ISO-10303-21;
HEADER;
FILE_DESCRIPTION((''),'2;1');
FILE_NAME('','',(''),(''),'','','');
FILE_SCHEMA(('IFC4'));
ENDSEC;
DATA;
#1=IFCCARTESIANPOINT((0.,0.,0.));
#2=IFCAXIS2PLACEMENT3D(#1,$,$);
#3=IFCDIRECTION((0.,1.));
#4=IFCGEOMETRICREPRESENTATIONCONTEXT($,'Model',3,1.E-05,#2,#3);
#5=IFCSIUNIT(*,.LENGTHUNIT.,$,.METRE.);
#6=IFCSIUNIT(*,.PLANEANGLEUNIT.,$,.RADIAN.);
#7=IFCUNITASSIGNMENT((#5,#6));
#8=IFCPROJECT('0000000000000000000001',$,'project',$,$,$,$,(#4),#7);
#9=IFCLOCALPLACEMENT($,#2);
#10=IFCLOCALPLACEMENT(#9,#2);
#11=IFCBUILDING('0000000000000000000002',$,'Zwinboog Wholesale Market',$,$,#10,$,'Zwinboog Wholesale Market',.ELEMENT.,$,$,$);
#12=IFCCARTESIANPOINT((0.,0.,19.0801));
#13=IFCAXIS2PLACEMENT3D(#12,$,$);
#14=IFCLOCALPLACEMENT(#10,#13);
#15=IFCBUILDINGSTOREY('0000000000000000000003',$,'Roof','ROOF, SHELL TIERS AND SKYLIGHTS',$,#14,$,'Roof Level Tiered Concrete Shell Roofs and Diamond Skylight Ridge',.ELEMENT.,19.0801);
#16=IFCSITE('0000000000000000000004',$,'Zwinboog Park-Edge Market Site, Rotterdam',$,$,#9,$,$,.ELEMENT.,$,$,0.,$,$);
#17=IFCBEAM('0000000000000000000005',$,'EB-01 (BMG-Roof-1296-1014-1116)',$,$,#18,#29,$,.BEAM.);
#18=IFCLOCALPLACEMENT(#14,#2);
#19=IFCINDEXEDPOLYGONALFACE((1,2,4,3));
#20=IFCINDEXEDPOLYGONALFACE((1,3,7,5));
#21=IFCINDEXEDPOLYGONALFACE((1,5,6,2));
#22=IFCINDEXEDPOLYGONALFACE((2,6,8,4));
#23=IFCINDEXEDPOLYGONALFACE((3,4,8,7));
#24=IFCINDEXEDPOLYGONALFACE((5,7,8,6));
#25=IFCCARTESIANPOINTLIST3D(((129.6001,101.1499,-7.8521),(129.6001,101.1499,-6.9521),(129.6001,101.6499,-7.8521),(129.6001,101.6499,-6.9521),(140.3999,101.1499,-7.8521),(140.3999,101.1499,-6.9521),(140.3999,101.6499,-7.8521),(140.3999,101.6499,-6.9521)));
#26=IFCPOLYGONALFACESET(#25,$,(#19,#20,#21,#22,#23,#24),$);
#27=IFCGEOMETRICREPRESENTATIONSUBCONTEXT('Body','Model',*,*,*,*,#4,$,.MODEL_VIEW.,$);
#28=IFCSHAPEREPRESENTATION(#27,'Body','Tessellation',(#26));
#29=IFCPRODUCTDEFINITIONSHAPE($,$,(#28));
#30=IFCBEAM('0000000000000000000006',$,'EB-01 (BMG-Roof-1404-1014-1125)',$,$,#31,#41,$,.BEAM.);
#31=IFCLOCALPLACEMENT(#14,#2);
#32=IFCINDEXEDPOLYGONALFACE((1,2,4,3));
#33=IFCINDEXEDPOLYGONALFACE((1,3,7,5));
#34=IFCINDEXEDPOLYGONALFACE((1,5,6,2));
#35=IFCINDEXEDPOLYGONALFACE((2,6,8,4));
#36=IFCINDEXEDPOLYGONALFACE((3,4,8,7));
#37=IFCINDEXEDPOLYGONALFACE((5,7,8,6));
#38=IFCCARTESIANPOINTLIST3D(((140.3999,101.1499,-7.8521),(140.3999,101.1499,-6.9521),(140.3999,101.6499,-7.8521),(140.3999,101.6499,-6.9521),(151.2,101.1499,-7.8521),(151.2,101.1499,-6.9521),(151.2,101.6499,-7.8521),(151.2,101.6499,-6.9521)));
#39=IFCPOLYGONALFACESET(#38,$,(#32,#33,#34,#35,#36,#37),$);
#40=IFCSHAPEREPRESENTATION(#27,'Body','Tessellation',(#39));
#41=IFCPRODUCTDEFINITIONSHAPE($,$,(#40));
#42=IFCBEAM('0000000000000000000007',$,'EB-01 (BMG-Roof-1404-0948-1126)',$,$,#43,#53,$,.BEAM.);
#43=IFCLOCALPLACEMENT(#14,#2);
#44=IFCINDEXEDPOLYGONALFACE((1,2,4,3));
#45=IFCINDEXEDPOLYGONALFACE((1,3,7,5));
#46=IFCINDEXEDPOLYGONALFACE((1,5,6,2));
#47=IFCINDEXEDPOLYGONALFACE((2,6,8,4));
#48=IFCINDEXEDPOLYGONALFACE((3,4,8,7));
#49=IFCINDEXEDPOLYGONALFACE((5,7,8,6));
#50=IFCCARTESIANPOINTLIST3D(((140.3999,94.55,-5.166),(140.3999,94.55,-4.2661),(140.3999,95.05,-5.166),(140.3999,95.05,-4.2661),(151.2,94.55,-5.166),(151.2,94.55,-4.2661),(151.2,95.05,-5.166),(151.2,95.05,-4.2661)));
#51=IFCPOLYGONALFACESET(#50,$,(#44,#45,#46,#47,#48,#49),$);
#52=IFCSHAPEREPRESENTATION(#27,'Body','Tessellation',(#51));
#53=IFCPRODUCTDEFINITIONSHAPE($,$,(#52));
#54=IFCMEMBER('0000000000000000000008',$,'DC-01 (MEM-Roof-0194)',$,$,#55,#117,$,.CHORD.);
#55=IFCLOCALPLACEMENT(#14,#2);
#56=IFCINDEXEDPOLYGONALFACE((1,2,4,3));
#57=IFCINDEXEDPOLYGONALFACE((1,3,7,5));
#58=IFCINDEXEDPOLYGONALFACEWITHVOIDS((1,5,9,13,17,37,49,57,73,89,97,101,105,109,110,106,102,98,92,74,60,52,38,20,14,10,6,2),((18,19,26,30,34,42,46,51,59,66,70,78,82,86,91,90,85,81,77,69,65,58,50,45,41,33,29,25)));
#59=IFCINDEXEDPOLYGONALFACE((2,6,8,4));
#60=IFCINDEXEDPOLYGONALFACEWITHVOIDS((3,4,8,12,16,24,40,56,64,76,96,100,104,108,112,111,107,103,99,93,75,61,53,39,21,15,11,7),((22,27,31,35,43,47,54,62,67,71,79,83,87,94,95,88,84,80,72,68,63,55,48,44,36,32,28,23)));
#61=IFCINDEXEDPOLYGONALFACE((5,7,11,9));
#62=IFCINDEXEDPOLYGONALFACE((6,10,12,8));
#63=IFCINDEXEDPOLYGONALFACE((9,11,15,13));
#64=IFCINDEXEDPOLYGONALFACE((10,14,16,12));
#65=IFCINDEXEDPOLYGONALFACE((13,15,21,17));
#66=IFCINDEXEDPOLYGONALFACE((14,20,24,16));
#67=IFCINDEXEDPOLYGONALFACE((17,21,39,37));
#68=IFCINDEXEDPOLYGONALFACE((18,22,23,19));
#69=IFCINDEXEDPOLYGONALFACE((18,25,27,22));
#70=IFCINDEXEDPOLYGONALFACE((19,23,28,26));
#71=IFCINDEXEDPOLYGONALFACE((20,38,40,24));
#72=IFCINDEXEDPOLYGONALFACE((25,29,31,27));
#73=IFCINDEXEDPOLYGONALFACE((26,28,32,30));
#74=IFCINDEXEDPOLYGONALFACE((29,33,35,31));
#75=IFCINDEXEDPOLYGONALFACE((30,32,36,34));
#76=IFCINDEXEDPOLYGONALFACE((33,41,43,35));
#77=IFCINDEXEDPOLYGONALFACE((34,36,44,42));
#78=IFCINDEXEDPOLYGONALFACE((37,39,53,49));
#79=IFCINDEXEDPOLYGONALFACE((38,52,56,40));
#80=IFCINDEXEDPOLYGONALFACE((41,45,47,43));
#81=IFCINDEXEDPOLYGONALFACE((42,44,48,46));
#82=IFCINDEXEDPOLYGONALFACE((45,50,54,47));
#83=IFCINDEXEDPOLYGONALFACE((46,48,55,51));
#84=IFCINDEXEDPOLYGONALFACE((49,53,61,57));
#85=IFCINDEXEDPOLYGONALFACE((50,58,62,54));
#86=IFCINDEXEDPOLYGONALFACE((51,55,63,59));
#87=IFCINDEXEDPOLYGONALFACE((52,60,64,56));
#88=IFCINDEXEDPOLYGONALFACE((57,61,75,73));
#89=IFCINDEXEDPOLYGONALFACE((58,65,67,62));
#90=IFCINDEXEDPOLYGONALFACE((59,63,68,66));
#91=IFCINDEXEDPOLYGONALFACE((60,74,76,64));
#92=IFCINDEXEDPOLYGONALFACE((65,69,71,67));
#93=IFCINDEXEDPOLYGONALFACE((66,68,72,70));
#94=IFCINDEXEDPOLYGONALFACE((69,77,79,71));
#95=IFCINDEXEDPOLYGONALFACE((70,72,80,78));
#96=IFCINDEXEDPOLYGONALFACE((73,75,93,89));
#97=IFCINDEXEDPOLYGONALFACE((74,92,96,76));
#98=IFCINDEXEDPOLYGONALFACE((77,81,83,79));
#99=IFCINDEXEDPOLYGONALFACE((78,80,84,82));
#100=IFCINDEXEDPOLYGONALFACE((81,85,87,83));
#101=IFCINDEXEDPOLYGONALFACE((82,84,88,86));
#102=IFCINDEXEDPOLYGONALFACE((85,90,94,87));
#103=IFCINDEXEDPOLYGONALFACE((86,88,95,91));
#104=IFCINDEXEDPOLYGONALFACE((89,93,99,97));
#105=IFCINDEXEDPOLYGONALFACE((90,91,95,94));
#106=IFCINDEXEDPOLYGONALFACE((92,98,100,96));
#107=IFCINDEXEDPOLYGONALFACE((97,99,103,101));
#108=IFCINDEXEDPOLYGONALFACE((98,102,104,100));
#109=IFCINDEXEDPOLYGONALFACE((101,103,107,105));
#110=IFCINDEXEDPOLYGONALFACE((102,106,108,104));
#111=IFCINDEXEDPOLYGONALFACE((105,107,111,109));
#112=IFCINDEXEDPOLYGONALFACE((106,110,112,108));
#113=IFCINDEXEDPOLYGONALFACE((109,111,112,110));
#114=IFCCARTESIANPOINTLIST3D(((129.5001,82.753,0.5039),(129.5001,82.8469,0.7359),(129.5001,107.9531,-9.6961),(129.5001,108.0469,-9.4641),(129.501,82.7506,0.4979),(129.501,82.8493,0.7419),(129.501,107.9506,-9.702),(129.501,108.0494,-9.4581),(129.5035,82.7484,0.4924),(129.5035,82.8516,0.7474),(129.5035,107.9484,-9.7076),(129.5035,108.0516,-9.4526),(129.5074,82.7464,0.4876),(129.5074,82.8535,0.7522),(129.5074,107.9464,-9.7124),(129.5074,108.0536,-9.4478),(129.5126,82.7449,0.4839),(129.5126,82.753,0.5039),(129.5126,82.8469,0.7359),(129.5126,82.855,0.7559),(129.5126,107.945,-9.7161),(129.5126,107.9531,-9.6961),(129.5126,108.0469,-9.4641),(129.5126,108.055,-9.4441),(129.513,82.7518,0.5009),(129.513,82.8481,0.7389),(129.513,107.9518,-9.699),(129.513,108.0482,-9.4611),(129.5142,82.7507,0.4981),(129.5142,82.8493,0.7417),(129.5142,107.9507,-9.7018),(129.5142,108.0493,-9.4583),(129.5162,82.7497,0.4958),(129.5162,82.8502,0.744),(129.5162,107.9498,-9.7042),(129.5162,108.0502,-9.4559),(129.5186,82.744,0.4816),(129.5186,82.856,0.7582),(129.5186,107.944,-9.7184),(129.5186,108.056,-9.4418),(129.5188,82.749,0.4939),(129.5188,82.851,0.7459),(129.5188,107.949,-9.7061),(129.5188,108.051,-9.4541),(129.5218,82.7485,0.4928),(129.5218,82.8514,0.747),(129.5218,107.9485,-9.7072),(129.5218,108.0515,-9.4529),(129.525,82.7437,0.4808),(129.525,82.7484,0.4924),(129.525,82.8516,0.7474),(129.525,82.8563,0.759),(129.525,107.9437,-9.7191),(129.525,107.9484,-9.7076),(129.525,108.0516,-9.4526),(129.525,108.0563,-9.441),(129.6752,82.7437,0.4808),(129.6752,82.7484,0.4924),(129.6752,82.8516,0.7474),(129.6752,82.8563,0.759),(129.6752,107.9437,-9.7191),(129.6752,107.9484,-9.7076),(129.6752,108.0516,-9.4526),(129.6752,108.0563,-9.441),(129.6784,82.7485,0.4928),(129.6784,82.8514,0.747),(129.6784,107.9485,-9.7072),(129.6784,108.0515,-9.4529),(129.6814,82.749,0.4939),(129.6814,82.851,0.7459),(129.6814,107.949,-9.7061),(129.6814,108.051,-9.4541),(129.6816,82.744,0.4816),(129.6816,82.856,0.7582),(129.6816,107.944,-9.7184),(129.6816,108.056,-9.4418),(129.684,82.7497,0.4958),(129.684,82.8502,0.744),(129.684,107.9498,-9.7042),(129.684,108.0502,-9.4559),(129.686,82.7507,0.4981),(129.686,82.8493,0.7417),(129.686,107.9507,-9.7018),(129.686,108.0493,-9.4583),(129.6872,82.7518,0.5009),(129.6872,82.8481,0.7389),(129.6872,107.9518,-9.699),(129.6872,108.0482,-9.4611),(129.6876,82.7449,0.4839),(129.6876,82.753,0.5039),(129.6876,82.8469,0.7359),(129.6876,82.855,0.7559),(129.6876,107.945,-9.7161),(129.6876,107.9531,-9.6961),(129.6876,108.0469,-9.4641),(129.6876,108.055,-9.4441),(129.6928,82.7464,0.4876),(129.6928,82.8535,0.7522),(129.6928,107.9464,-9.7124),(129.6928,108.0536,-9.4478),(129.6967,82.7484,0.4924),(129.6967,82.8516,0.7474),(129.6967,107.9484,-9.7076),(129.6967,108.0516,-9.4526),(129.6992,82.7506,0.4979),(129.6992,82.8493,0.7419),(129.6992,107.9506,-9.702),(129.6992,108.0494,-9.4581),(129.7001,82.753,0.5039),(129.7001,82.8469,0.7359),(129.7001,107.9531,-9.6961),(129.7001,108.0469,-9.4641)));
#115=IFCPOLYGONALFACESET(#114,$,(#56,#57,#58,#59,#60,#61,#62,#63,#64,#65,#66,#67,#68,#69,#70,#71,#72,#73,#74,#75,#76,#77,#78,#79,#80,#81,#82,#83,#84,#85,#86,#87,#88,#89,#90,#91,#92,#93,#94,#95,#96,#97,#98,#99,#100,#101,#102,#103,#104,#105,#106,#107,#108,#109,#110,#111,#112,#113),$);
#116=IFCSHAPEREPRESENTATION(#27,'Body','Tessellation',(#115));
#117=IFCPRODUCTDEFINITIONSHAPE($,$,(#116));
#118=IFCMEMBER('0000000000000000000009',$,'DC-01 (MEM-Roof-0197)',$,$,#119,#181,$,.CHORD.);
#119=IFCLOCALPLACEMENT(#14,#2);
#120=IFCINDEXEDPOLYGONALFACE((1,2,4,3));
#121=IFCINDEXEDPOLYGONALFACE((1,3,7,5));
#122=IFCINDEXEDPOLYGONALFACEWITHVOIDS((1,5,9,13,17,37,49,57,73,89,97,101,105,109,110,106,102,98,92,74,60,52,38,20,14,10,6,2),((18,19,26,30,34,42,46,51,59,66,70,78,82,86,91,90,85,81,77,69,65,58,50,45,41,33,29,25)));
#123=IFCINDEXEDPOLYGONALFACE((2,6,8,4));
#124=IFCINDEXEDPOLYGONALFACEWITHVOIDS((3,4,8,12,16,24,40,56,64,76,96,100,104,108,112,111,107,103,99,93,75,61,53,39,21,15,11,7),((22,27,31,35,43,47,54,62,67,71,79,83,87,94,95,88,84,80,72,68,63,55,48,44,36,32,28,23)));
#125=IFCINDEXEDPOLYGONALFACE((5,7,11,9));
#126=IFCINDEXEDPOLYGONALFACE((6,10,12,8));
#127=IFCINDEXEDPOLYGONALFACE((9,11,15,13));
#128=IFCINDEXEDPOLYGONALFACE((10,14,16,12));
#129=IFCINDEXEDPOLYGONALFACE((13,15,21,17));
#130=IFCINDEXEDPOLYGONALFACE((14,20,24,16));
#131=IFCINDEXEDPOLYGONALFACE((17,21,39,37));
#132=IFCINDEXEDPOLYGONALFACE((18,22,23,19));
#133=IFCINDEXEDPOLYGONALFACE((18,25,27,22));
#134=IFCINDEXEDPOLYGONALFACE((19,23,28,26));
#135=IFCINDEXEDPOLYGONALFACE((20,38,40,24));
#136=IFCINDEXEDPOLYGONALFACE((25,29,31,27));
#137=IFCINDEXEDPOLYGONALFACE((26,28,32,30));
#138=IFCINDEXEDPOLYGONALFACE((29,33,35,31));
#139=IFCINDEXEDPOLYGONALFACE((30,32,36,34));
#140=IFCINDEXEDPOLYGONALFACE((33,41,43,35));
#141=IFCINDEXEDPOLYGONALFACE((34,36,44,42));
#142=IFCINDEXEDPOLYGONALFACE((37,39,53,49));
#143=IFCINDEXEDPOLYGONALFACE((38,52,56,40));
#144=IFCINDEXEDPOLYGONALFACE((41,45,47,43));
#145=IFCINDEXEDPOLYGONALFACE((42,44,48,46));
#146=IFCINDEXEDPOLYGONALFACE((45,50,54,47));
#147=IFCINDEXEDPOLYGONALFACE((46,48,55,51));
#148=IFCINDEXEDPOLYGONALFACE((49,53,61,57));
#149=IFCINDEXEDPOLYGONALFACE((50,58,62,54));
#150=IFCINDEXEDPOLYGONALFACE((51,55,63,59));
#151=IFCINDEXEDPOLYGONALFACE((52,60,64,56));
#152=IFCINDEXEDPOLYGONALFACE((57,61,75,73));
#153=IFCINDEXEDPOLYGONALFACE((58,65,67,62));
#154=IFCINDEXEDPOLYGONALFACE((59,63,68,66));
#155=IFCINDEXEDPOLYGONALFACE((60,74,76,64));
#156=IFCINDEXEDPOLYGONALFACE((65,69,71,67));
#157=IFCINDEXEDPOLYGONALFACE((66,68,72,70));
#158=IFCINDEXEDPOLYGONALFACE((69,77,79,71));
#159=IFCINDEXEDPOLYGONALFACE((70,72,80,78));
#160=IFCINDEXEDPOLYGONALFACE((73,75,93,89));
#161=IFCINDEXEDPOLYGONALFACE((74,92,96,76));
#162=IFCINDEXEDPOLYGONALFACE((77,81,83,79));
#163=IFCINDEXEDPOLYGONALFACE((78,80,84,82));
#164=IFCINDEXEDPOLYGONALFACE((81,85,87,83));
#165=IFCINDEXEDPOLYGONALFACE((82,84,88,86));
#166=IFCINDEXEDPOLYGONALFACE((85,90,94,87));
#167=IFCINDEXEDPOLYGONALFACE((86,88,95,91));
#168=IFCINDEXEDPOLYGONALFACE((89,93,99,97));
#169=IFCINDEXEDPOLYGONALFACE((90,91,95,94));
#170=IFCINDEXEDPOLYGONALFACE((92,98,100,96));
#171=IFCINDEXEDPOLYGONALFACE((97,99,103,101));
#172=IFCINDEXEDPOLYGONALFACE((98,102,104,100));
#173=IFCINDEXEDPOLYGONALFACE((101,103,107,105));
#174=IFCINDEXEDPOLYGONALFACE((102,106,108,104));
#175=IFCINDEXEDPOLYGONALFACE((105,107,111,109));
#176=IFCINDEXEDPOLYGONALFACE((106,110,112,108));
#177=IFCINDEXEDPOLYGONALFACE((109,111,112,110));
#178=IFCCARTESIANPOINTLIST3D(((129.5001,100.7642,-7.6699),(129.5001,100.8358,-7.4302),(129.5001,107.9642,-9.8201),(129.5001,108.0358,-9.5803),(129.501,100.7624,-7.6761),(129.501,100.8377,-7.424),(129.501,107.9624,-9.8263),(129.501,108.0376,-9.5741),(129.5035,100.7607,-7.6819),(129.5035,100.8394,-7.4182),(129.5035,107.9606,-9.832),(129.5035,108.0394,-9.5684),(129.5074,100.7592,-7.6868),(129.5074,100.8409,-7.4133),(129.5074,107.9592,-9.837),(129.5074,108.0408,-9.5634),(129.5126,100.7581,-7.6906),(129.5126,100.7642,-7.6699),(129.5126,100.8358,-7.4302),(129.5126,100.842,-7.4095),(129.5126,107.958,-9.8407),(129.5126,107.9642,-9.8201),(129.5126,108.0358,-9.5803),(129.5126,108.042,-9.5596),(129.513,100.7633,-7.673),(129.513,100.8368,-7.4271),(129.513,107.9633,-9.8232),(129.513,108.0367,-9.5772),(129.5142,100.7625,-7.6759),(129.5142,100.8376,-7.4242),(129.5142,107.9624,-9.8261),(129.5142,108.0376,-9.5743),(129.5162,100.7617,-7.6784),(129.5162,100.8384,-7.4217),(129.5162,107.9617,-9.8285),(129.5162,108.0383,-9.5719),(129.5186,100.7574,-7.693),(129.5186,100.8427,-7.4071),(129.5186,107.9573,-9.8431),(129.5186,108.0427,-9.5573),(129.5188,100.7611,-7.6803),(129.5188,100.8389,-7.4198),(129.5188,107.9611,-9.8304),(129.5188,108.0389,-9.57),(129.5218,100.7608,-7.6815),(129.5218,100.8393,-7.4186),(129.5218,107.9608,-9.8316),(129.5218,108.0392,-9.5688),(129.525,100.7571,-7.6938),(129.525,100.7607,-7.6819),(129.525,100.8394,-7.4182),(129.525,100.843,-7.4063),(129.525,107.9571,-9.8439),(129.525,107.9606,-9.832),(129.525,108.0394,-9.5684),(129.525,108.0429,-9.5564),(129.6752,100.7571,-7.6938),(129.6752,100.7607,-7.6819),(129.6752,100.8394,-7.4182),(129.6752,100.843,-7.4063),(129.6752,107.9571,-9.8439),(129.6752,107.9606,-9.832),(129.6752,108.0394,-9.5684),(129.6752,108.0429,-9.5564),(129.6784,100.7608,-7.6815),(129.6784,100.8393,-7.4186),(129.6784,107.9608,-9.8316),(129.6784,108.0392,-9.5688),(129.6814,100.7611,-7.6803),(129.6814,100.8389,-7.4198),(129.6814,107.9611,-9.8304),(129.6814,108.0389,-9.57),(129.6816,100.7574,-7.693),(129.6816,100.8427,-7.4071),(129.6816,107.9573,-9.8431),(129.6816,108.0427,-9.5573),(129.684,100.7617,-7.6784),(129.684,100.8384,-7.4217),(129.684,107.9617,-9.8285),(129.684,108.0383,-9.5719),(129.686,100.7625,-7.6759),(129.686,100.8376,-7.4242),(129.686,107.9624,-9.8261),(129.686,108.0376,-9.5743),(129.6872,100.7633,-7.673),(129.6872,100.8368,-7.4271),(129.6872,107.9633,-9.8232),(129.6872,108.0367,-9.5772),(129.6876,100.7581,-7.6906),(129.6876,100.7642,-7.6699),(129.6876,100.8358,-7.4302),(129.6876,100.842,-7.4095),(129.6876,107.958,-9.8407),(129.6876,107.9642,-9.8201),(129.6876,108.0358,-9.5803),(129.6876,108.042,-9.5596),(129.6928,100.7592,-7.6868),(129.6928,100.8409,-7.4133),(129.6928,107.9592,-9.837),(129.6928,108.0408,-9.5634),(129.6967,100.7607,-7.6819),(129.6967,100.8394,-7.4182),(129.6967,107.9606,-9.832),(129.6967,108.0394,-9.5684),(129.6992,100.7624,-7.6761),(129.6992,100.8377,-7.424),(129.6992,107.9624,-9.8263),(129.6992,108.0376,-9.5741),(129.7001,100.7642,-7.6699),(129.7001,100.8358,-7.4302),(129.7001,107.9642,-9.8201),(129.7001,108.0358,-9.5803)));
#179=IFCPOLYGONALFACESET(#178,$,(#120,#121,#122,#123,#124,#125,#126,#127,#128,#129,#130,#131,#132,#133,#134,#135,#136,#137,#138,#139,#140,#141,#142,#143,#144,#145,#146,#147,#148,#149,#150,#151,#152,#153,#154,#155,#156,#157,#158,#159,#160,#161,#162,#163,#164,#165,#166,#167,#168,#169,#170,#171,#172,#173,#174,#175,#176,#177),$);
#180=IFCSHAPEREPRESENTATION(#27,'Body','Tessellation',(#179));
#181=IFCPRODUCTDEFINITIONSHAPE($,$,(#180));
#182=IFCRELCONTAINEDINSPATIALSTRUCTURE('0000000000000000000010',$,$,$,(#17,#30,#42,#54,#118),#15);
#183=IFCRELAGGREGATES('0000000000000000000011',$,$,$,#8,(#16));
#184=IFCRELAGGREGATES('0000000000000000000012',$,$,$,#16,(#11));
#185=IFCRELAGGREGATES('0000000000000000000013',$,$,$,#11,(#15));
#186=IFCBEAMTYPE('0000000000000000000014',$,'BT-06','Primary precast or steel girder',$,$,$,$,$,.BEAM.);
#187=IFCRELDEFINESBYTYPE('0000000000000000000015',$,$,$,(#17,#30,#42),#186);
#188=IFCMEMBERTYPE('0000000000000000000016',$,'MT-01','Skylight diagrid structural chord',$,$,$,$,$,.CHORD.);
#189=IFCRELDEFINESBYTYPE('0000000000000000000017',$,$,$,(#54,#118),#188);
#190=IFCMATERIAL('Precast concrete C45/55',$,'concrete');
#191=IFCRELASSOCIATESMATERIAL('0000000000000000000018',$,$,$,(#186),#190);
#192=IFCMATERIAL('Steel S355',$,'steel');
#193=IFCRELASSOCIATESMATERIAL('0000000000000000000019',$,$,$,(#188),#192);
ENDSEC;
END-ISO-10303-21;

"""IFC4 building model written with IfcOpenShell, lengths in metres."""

from ifc_helpers import new_model, si_unit, direction, frame, origin, origin_2d, place, context, subcontext, project, spatial, rectangle, hollow_rectangle, extrude, material, material_profile, profile_set, type_object, element, save


model = new_model("IFC4")

# Units and contexts
model_context = context("Model", 3, precision=1e-05, world=origin(), true_north=direction((0.0, 1.0)))
body_context = subcontext(model_context, "Body", "Model", "MODEL_VIEW")
ifc_project = project(units=[si_unit("LENGTHUNIT", "METRE"), si_unit("PLANEANGLEUNIT", "RADIAN")], contexts=[model_context])

# Site, building, storey
site_placement = place(None, origin())
site = spatial("IfcSite", under=ifc_project, at=site_placement, Name="Zwinboog Park-Edge Market Site, Rotterdam", CompositionType="ELEMENT", RefElevation=0.0)
building_placement = place(site_placement, origin())
building = spatial("IfcBuilding", under=site, at=building_placement, Name="Zwinboog Wholesale Market", LongName="Zwinboog Wholesale Market", CompositionType="ELEMENT")
storey_placement = place(building_placement, frame((0.0, 0.0, 19.0801)))
storey = spatial("IfcBuildingStorey", under=building, at=storey_placement, Name="Roof", Description="ROOF, SHELL TIERS AND SKYLIGHTS", LongName="Roof Level Tiered Concrete Shell Roofs and Diamond Skylight Ridge", CompositionType="ELEMENT", Elevation=19.0801)

# Beams
ifc_material_1 = material(Name="Precast concrete C45/55", Category="concrete")
ifc_material_profile_1 = material_profile(ifc_material_1, rectangle(XDim=0.5, YDim=0.8999, at=origin_2d()), Name="PC 500x900")
ifc_profile_set_1 = profile_set([ifc_material_profile_1], Name="Precast concrete C45/55")
beam_type = type_object("IfcBeamType", Name="BT-06", Description="Primary precast or steel girder", PredefinedType="BEAM", material=ifc_profile_set_1)
beam_placement = place(storey_placement, frame((129.6001, 101.3999, -7.4021), z_axis=(1.0, 0.0, 0.0), x_axis=(0.0, 1.0, 0.0)))
element("IfcBeam", 1, at=beam_placement, inside=storey, type_object=beam_type, Name="EB-01 (BMG-Roof-1296-1014-1116)", PredefinedType="BEAM", context=body_context, shape_type="SweptSolid", body=[
    extrude(rectangle(XDim=0.5, YDim=0.8999, at=origin_2d()), origin(), (0.0, 0.0, 1.0), 10.7998),
])
for number, where, z_axis, x_axis, name in (
    (2, (140.3999, 101.3999, -7.4021), (1.0, 0.0, 0.0), (0.0, 1.0, 0.0), "EB-01 (BMG-Roof-1404-1014-1125)"),
    (3, (140.3999, 94.8, -4.7161), (1.0, 0.0, 0.0), (0.0, 1.0, 0.0), "EB-01 (BMG-Roof-1404-0948-1126)"),
):
    element("IfcBeam", number, at=place(storey_placement, frame(where, z_axis=z_axis, x_axis=x_axis)), inside=storey, type_object=beam_type, Name=name, PredefinedType="BEAM", context=body_context, shape_type="SweptSolid", body=[
        extrude(rectangle(XDim=0.5, YDim=0.8999, at=origin_2d()), origin(), (0.0, 0.0, 1.0), 10.8),
    ])

# Members
ifc_material_2 = material(Name="Steel S355", Category="steel")
ifc_material_profile_2 = material_profile(ifc_material_2, hollow_rectangle(XDim=0.2, YDim=0.3, WallThickness=0.0125, InnerFilletRadius=0.0125, OuterFilletRadius=0.0249, at=origin_2d()), Name="RHS 300x200x12.5")
ifc_profile_set_2 = profile_set([ifc_material_profile_2], Name="Steel S355")
member_type_1 = type_object("IfcMemberType", Name="MT-01", Description="Skylight diagrid structural chord", PredefinedType="CHORD", material=ifc_profile_set_2)
member_1_placement = place(storey_placement, frame((129.6001, 108.0, -9.5801), z_axis=(0.0, -0.926947, 0.375192), x_axis=(1.0, 0.0, 0.0)))
element("IfcMember", 4, at=member_1_placement, inside=storey, type_object=member_type_1, Name="DC-01 (MEM-Roof-0194)", PredefinedType="CHORD", context=body_context, shape_type="SweptSolid", body=[
    extrude(hollow_rectangle(XDim=0.2, YDim=0.3, WallThickness=0.0125, InnerFilletRadius=0.0125, OuterFilletRadius=0.0249, at=origin_2d()), origin(), (0.0, 0.0, 1.0), 27.186),
])
for number, where, z_axis, x_axis, name in (
    (5, (129.6001, 108.0, -9.7002), (0.0, -0.958186, 0.286146), (1.0, 0.0, 0.0), "DC-01 (MEM-Roof-0197)"),
):
    element("IfcMember", number, at=place(storey_placement, frame(where, z_axis=z_axis, x_axis=x_axis)), inside=storey, type_object=member_type_1, Name=name, PredefinedType="CHORD", context=body_context, shape_type="SweptSolid", body=[
        extrude(hollow_rectangle(XDim=0.2, YDim=0.3, WallThickness=0.0125, InnerFilletRadius=0.0125, OuterFilletRadius=0.0249, at=origin_2d()), origin(), (0.0, 0.0, 1.0), 7.5142),
    ])

save(model, "model.ifc")
